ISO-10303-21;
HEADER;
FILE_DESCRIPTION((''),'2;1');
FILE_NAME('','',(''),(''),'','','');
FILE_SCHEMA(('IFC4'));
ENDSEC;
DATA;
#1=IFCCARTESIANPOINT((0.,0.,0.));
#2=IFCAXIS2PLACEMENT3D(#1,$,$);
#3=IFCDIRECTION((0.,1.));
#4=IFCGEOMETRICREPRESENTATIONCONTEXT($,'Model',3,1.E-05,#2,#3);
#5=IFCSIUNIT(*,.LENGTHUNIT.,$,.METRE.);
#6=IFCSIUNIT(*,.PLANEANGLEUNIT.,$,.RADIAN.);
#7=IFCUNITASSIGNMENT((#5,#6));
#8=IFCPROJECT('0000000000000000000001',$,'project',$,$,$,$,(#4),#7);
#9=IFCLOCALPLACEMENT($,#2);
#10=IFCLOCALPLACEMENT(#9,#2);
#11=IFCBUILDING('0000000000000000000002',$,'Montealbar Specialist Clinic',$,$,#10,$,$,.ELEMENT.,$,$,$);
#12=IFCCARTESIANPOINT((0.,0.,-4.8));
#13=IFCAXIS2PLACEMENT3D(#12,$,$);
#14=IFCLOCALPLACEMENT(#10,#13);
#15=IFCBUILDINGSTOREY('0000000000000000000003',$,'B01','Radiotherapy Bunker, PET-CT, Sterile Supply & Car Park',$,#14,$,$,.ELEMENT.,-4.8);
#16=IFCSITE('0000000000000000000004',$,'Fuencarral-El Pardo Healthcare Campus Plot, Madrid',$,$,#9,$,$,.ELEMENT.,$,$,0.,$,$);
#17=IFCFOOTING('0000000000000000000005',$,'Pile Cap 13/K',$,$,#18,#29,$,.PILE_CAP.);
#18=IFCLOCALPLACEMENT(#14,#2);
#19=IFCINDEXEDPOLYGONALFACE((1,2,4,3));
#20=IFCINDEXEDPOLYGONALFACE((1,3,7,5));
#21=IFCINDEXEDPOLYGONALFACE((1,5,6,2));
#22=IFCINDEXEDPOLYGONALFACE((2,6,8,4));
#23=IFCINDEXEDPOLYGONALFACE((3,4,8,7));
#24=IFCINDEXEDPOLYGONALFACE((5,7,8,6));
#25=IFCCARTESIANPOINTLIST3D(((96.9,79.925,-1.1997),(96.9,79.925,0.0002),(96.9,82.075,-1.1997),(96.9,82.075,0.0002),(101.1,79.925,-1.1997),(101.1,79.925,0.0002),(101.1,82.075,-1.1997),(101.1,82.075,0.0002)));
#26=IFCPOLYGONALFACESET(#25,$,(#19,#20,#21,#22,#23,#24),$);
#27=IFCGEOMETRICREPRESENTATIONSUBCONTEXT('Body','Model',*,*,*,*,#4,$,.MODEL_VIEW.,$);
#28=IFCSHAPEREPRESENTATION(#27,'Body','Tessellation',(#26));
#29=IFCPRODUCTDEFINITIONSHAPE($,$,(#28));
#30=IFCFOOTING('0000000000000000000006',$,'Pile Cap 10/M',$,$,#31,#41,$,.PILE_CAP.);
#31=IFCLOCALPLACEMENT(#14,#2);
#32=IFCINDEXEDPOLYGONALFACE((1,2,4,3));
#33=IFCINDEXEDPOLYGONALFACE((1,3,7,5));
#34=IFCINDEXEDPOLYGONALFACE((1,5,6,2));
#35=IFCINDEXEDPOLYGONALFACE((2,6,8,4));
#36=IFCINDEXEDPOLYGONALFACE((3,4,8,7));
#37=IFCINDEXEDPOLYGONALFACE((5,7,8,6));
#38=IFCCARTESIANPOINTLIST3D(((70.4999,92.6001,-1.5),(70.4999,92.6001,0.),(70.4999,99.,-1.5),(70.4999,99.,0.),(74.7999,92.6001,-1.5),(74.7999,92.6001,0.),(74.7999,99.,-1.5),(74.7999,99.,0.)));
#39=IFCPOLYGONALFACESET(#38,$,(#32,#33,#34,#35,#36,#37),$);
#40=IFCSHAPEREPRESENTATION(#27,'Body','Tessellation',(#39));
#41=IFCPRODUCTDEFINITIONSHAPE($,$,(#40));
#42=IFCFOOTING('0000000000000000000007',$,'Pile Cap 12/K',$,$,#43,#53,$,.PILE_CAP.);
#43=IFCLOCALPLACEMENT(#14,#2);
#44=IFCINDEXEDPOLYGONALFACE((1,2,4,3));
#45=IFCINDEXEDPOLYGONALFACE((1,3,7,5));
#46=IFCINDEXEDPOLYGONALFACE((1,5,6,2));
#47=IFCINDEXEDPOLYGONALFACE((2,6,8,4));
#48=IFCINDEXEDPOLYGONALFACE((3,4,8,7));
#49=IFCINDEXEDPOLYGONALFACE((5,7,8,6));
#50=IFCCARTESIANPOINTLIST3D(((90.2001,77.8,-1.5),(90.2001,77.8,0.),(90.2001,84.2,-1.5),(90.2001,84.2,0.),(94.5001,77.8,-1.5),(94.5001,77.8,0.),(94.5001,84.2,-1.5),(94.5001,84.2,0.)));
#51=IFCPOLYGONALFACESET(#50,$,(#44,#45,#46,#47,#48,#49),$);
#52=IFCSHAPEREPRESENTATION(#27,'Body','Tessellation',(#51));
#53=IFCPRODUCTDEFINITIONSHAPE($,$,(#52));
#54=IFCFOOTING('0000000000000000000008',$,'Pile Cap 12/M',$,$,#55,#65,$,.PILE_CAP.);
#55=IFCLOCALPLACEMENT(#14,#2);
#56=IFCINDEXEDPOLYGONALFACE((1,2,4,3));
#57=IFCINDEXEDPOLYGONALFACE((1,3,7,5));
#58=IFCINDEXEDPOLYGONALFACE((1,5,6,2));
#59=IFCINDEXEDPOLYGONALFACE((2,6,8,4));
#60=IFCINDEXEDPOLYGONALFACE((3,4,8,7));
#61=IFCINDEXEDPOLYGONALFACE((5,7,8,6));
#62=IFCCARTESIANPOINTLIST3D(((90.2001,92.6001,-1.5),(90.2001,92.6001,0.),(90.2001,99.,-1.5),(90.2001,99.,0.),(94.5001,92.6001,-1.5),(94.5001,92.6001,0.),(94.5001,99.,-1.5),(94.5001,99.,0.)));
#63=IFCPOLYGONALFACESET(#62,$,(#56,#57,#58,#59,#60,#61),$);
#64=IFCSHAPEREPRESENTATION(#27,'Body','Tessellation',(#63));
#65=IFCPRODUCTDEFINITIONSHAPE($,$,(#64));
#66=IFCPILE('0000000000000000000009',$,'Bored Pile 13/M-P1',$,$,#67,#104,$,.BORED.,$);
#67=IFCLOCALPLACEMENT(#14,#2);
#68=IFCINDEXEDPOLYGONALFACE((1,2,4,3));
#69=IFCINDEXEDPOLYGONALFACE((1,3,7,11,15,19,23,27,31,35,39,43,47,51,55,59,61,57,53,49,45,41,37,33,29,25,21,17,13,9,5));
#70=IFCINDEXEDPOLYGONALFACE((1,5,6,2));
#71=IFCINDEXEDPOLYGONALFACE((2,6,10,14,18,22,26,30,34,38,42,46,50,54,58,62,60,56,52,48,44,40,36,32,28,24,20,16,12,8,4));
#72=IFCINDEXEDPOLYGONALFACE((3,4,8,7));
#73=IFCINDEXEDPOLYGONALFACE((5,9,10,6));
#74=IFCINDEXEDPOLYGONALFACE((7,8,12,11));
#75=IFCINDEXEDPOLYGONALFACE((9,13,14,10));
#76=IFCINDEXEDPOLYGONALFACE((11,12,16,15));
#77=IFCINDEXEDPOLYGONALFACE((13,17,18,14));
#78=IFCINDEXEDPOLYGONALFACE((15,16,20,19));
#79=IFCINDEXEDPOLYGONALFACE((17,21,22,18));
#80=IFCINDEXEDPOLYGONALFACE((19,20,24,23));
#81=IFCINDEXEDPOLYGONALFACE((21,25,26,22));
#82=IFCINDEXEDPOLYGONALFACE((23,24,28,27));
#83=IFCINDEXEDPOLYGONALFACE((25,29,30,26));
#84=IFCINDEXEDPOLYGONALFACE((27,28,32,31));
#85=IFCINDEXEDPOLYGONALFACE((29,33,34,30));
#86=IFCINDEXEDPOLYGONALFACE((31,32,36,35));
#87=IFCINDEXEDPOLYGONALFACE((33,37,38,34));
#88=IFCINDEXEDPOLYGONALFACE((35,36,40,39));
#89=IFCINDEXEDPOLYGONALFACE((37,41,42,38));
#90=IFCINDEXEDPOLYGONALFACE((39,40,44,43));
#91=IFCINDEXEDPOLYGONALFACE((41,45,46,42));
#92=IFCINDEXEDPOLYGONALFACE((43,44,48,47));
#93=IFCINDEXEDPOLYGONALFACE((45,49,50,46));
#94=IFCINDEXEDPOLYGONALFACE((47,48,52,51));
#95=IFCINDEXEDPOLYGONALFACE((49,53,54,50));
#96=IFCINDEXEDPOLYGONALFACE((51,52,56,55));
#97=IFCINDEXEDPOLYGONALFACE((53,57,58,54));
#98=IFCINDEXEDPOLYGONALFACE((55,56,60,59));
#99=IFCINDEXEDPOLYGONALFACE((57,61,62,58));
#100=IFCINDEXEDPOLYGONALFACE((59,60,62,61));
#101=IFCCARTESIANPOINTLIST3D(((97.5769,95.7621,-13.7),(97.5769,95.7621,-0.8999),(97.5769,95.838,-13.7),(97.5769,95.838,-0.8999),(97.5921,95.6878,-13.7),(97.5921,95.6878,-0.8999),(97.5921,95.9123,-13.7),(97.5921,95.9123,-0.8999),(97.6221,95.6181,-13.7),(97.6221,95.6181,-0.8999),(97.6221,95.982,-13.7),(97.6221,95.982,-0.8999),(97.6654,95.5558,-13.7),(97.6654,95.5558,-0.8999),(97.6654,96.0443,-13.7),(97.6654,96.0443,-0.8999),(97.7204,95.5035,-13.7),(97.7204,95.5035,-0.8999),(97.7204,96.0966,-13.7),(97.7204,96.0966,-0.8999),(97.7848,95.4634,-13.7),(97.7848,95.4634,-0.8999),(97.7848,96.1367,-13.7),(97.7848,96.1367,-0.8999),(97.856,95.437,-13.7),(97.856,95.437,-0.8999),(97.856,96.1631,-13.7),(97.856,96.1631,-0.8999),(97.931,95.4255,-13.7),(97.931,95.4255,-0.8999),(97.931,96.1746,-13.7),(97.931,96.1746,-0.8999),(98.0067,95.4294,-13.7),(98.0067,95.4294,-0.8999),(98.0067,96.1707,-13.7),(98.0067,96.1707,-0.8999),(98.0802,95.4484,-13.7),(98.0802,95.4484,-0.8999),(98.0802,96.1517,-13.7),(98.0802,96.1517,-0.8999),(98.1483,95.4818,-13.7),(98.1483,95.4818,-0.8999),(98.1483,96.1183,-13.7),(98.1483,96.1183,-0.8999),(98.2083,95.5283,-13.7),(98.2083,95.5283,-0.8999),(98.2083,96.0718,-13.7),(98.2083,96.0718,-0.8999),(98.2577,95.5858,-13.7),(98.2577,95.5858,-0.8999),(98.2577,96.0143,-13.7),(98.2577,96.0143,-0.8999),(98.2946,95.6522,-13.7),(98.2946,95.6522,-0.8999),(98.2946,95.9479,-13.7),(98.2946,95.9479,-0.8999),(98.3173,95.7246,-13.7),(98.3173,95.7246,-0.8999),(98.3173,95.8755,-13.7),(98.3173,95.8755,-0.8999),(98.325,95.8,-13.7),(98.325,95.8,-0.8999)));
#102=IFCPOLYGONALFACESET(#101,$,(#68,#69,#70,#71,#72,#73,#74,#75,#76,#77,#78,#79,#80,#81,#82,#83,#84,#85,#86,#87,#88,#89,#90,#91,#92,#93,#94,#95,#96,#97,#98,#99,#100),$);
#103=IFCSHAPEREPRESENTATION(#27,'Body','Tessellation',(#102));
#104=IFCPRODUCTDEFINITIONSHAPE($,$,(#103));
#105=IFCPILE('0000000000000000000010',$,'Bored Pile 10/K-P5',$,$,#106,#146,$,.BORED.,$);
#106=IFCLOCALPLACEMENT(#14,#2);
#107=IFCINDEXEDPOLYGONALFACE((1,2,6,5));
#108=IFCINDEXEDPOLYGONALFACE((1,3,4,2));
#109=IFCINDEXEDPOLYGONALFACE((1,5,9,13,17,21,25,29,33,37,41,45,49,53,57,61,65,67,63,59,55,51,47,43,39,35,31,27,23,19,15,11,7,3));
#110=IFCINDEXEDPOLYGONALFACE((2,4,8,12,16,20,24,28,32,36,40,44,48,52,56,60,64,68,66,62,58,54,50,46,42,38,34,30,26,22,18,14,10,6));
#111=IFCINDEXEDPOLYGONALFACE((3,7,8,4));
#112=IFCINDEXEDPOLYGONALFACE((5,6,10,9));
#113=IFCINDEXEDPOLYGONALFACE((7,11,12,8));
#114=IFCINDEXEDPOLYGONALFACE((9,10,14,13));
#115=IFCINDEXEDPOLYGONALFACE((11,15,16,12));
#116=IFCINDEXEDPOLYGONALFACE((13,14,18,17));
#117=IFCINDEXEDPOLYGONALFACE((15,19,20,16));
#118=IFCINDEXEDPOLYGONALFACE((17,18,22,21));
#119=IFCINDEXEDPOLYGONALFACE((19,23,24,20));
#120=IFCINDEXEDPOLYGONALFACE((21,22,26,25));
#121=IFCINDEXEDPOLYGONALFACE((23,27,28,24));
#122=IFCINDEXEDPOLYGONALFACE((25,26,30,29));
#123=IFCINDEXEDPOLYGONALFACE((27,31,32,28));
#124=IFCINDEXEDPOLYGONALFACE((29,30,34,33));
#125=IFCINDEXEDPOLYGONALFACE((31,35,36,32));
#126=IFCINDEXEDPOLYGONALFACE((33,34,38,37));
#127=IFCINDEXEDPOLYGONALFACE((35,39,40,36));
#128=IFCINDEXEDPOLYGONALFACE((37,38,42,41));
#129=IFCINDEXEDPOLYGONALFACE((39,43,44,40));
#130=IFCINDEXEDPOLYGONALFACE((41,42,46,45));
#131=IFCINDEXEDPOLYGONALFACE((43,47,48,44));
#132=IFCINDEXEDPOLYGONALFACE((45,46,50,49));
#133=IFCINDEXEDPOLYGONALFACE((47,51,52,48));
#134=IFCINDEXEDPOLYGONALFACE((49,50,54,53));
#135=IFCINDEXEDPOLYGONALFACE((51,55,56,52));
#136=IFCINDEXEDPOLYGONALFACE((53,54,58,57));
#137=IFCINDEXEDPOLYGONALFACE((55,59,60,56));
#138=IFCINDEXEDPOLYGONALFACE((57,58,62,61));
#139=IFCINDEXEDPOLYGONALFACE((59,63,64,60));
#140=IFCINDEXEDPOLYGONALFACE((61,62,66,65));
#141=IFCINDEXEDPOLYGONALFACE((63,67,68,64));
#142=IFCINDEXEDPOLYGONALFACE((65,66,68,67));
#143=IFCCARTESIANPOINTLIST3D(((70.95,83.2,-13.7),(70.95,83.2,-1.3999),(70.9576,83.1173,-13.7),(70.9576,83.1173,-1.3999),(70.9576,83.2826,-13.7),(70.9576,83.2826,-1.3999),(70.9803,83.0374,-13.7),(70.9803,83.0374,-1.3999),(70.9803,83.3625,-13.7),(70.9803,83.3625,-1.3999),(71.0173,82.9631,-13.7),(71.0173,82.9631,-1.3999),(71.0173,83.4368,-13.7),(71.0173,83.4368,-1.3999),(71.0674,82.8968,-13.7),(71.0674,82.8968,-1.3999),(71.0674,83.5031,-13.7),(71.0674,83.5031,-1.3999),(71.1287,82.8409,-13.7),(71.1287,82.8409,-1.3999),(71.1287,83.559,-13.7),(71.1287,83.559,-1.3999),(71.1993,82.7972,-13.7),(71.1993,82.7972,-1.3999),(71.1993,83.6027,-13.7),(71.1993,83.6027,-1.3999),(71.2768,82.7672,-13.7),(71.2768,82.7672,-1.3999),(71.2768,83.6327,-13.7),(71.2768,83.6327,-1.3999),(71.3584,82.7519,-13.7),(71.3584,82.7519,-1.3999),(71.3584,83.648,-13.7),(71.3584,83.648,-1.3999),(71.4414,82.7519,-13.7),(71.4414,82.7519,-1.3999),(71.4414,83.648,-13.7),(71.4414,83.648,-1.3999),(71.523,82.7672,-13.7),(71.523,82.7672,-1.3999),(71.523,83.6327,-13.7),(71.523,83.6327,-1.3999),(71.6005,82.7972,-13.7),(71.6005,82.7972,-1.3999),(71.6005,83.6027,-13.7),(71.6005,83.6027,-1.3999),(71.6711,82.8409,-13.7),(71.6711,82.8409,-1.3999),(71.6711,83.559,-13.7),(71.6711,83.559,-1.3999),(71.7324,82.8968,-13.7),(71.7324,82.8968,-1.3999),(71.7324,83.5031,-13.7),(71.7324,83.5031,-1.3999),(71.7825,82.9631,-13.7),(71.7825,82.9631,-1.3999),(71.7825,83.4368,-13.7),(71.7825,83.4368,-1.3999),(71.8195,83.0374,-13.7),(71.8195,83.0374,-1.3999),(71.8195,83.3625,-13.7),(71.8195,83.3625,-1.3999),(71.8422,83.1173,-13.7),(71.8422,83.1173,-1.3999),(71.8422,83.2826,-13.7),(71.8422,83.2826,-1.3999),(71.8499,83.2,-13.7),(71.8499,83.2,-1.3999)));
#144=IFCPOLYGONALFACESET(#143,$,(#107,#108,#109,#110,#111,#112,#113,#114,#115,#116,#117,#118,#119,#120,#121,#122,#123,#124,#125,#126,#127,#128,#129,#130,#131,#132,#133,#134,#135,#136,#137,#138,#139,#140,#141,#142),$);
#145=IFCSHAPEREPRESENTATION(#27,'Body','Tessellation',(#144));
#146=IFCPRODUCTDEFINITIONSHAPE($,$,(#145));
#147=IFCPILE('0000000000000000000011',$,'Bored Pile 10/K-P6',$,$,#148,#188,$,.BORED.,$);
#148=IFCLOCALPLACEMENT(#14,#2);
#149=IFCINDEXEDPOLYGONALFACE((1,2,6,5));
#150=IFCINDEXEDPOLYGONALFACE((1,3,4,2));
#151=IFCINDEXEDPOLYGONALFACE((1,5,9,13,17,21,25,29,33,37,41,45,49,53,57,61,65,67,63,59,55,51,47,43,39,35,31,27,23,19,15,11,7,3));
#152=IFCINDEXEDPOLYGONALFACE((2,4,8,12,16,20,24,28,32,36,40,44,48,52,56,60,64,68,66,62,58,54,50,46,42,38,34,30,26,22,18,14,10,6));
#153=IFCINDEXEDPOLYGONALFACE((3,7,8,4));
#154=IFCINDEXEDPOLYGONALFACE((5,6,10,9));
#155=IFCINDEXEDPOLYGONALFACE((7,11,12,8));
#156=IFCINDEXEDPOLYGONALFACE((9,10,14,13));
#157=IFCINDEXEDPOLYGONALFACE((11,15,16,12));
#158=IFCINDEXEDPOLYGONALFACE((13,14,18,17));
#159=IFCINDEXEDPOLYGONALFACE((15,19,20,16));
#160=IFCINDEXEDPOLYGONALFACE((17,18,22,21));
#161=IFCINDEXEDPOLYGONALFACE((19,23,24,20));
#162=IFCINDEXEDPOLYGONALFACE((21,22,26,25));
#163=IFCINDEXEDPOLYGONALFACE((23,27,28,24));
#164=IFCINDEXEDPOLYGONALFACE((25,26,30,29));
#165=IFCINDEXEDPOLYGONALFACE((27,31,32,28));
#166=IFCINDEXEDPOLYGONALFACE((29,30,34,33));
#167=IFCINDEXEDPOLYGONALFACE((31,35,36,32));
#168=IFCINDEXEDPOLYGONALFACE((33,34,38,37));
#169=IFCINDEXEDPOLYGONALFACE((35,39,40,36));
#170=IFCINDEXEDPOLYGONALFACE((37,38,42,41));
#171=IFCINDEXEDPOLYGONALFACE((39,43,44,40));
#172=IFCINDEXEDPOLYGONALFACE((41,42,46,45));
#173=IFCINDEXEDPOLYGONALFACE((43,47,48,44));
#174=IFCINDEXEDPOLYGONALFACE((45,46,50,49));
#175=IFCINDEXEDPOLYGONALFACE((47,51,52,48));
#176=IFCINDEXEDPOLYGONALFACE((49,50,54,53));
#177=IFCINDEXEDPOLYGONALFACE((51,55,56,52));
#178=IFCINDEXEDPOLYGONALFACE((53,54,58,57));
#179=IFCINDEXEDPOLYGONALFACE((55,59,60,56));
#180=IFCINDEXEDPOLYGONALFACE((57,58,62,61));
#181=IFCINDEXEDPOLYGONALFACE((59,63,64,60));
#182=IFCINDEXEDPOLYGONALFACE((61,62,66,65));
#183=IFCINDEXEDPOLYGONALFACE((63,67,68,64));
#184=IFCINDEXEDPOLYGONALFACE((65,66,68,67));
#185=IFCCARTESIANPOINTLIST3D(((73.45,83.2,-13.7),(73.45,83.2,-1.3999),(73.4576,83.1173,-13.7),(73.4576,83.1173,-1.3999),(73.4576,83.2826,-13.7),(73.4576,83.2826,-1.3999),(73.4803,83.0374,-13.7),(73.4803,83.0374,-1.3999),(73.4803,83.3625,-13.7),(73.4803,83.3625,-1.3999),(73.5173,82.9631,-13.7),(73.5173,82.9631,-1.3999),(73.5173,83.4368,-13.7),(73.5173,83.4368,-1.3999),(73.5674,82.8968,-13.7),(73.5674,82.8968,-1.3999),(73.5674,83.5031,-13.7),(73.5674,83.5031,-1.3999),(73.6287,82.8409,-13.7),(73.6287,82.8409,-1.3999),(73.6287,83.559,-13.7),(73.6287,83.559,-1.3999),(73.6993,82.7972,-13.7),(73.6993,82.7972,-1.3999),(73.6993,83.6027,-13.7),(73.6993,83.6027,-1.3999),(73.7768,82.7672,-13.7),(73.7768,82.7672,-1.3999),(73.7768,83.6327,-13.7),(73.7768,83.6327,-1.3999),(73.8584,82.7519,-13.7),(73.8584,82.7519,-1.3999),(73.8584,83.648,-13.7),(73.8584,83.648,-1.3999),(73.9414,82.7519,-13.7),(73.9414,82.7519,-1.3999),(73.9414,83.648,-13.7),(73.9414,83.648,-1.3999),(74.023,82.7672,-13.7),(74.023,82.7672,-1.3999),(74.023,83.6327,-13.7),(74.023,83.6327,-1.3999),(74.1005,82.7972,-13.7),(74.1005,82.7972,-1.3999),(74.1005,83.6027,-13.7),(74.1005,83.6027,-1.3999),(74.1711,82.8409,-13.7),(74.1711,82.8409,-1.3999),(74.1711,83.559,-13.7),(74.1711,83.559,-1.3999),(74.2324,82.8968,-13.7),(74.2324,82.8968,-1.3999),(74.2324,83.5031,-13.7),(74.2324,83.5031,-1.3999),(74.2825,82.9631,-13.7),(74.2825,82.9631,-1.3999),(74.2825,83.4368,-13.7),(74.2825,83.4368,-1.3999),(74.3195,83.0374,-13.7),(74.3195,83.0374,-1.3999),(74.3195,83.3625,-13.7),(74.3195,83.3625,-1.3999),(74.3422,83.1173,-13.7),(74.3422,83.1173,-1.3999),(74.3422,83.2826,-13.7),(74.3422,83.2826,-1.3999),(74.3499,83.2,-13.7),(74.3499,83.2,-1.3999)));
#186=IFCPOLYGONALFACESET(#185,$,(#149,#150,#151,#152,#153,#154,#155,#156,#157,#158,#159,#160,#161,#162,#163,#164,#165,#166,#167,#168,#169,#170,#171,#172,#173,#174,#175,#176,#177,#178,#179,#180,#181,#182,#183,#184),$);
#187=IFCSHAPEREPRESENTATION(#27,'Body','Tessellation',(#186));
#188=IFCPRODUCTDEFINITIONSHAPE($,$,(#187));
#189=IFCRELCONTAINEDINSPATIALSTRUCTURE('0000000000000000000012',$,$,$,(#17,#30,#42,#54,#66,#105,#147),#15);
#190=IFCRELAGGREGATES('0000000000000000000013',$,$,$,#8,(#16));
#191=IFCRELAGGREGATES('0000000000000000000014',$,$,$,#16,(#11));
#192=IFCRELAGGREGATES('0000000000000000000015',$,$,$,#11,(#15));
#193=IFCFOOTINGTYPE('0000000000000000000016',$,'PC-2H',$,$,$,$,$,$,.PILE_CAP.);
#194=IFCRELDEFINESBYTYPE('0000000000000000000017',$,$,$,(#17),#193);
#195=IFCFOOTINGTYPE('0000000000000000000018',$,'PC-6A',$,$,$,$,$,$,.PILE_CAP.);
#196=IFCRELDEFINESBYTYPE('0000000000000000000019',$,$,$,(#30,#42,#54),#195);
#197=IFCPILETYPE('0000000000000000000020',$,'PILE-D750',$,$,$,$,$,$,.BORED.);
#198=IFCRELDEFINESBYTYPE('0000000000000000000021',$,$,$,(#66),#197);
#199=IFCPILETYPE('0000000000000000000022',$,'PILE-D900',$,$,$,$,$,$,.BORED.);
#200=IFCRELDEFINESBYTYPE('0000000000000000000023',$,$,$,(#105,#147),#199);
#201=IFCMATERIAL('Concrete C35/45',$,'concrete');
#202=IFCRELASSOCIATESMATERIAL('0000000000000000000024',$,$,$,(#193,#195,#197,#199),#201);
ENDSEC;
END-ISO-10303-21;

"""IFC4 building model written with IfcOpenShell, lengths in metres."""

from ifc_helpers import new_model, si_unit, direction, frame, origin, origin_2d, place, context, subcontext, project, spatial, rectangle, circle, extrude, material, material_profile, profile_set, type_object, element, save


model = new_model("IFC4")

# Units and contexts
model_context = context("Model", 3, precision=1e-05, world=origin(), true_north=direction((0.0, 1.0)))
body_context = subcontext(model_context, "Body", "Model", "MODEL_VIEW")
ifc_project = project(units=[si_unit("LENGTHUNIT", "METRE"), si_unit("PLANEANGLEUNIT", "RADIAN")], contexts=[model_context])

# Site, building, storey
site_placement = place(None, origin())
site = spatial("IfcSite", under=ifc_project, at=site_placement, Name="Fuencarral-El Pardo Healthcare Campus Plot, Madrid", CompositionType="ELEMENT", RefElevation=0.0)
building_placement = place(site_placement, origin())
building = spatial("IfcBuilding", under=site, at=building_placement, Name="Montealbar Specialist Clinic", CompositionType="ELEMENT")
storey_placement = place(building_placement, frame((0.0, 0.0, -4.8)))
storey = spatial("IfcBuildingStorey", under=building, at=storey_placement, Name="B01", Description="Radiotherapy Bunker, PET-CT, Sterile Supply & Car Park", CompositionType="ELEMENT", Elevation=-4.8)

# Footings
ifc_material_1 = material(Name="Concrete C35/45", Category="concrete")
footing_type_1 = type_object("IfcFootingType", Name="PC-2H", PredefinedType="PILE_CAP", material=ifc_material_1)
footing_placement = place(storey_placement, frame((99.0, 81.0, -1.1997), z_axis=(0.0, 0.0, 1.0), x_axis=(1.0, 0.0, 0.0)))
element("IfcFooting", 1, at=footing_placement, inside=storey, type_object=footing_type_1, Name="Pile Cap 13/K", PredefinedType="PILE_CAP", context=body_context, shape_type="SweptSolid", body=[
    extrude(rectangle(XDim=4.2, YDim=2.1499, at=origin_2d()), origin(), (0.0, 0.0, 1.0), 1.2),
])
footing_type_2 = type_object("IfcFootingType", Name="PC-6A", PredefinedType="PILE_CAP", material=ifc_material_1)
for number, where, z_axis, x_axis, name in (
    (2, (72.6499, 95.8, -1.5), (0.0, 0.0, 1.0), (1.0, 0.0, 0.0), "Pile Cap 10/M"),
    (3, (92.3501, 81.0, -1.5), (0.0, 0.0, 1.0), (1.0, 0.0, 0.0), "Pile Cap 12/K"),
    (4, (92.3501, 95.8, -1.5), (0.0, 0.0, 1.0), (1.0, 0.0, 0.0), "Pile Cap 12/M"),
):
    element("IfcFooting", number, at=place(storey_placement, frame(where, z_axis=z_axis, x_axis=x_axis)), inside=storey, type_object=footing_type_2, Name=name, PredefinedType="PILE_CAP", context=body_context, shape_type="SweptSolid", body=[
        extrude(rectangle(XDim=4.3, YDim=6.3999, at=origin_2d()), origin(), (0.0, 0.0, 1.0), 1.5),
    ])

# Piles
ifc_material_profile_1 = material_profile(ifc_material_1, circle(Radius=0.375, at=origin_2d()), Name="PILE D750", Category="concrete")
ifc_profile_set_1 = profile_set([ifc_material_profile_1], Name="Concrete C35/45")
pile_type_1 = type_object("IfcPileType", Name="PILE-D750", PredefinedType="BORED", material=ifc_profile_set_1)
pile_1_placement = place(storey_placement, frame((97.95, 95.8, -0.8999), z_axis=(0.0, 0.0, -1.0), x_axis=(1.0, 0.0, 0.0)))
element("IfcPile", 5, at=pile_1_placement, inside=storey, type_object=pile_type_1, Name="Bored Pile 13/M-P1", PredefinedType="BORED", context=body_context, shape_type="SweptSolid", body=[
    extrude(circle(Radius=0.375, at=origin_2d()), origin(), (0.0, 0.0, 1.0), 12.8),
])
ifc_material_profile_2 = material_profile(ifc_material_1, circle(Radius=0.45, at=origin_2d()), Name="PILE D900", Category="concrete")
ifc_profile_set_2 = profile_set([ifc_material_profile_2], Name="Concrete C35/45")
pile_type_2 = type_object("IfcPileType", Name="PILE-D900", PredefinedType="BORED", material=ifc_profile_set_2)
for number, where, z_axis, x_axis, name in (
    (6, (71.3999, 83.2, -1.3999), (0.0, 0.0, -1.0), (1.0, 0.0, 0.0), "Bored Pile 10/K-P5"),
    (7, (73.8999, 83.2, -1.3999), (0.0, 0.0, -1.0), (1.0, 0.0, 0.0), "Bored Pile 10/K-P6"),
):
    element("IfcPile", number, at=place(storey_placement, frame(where, z_axis=z_axis, x_axis=x_axis)), inside=storey, type_object=pile_type_2, Name=name, PredefinedType="BORED", context=body_context, shape_type="SweptSolid", body=[
        extrude(circle(Radius=0.45, at=origin_2d()), origin(), (0.0, 0.0, 1.0), 12.3),
    ])

save(model, "model.ifc")
